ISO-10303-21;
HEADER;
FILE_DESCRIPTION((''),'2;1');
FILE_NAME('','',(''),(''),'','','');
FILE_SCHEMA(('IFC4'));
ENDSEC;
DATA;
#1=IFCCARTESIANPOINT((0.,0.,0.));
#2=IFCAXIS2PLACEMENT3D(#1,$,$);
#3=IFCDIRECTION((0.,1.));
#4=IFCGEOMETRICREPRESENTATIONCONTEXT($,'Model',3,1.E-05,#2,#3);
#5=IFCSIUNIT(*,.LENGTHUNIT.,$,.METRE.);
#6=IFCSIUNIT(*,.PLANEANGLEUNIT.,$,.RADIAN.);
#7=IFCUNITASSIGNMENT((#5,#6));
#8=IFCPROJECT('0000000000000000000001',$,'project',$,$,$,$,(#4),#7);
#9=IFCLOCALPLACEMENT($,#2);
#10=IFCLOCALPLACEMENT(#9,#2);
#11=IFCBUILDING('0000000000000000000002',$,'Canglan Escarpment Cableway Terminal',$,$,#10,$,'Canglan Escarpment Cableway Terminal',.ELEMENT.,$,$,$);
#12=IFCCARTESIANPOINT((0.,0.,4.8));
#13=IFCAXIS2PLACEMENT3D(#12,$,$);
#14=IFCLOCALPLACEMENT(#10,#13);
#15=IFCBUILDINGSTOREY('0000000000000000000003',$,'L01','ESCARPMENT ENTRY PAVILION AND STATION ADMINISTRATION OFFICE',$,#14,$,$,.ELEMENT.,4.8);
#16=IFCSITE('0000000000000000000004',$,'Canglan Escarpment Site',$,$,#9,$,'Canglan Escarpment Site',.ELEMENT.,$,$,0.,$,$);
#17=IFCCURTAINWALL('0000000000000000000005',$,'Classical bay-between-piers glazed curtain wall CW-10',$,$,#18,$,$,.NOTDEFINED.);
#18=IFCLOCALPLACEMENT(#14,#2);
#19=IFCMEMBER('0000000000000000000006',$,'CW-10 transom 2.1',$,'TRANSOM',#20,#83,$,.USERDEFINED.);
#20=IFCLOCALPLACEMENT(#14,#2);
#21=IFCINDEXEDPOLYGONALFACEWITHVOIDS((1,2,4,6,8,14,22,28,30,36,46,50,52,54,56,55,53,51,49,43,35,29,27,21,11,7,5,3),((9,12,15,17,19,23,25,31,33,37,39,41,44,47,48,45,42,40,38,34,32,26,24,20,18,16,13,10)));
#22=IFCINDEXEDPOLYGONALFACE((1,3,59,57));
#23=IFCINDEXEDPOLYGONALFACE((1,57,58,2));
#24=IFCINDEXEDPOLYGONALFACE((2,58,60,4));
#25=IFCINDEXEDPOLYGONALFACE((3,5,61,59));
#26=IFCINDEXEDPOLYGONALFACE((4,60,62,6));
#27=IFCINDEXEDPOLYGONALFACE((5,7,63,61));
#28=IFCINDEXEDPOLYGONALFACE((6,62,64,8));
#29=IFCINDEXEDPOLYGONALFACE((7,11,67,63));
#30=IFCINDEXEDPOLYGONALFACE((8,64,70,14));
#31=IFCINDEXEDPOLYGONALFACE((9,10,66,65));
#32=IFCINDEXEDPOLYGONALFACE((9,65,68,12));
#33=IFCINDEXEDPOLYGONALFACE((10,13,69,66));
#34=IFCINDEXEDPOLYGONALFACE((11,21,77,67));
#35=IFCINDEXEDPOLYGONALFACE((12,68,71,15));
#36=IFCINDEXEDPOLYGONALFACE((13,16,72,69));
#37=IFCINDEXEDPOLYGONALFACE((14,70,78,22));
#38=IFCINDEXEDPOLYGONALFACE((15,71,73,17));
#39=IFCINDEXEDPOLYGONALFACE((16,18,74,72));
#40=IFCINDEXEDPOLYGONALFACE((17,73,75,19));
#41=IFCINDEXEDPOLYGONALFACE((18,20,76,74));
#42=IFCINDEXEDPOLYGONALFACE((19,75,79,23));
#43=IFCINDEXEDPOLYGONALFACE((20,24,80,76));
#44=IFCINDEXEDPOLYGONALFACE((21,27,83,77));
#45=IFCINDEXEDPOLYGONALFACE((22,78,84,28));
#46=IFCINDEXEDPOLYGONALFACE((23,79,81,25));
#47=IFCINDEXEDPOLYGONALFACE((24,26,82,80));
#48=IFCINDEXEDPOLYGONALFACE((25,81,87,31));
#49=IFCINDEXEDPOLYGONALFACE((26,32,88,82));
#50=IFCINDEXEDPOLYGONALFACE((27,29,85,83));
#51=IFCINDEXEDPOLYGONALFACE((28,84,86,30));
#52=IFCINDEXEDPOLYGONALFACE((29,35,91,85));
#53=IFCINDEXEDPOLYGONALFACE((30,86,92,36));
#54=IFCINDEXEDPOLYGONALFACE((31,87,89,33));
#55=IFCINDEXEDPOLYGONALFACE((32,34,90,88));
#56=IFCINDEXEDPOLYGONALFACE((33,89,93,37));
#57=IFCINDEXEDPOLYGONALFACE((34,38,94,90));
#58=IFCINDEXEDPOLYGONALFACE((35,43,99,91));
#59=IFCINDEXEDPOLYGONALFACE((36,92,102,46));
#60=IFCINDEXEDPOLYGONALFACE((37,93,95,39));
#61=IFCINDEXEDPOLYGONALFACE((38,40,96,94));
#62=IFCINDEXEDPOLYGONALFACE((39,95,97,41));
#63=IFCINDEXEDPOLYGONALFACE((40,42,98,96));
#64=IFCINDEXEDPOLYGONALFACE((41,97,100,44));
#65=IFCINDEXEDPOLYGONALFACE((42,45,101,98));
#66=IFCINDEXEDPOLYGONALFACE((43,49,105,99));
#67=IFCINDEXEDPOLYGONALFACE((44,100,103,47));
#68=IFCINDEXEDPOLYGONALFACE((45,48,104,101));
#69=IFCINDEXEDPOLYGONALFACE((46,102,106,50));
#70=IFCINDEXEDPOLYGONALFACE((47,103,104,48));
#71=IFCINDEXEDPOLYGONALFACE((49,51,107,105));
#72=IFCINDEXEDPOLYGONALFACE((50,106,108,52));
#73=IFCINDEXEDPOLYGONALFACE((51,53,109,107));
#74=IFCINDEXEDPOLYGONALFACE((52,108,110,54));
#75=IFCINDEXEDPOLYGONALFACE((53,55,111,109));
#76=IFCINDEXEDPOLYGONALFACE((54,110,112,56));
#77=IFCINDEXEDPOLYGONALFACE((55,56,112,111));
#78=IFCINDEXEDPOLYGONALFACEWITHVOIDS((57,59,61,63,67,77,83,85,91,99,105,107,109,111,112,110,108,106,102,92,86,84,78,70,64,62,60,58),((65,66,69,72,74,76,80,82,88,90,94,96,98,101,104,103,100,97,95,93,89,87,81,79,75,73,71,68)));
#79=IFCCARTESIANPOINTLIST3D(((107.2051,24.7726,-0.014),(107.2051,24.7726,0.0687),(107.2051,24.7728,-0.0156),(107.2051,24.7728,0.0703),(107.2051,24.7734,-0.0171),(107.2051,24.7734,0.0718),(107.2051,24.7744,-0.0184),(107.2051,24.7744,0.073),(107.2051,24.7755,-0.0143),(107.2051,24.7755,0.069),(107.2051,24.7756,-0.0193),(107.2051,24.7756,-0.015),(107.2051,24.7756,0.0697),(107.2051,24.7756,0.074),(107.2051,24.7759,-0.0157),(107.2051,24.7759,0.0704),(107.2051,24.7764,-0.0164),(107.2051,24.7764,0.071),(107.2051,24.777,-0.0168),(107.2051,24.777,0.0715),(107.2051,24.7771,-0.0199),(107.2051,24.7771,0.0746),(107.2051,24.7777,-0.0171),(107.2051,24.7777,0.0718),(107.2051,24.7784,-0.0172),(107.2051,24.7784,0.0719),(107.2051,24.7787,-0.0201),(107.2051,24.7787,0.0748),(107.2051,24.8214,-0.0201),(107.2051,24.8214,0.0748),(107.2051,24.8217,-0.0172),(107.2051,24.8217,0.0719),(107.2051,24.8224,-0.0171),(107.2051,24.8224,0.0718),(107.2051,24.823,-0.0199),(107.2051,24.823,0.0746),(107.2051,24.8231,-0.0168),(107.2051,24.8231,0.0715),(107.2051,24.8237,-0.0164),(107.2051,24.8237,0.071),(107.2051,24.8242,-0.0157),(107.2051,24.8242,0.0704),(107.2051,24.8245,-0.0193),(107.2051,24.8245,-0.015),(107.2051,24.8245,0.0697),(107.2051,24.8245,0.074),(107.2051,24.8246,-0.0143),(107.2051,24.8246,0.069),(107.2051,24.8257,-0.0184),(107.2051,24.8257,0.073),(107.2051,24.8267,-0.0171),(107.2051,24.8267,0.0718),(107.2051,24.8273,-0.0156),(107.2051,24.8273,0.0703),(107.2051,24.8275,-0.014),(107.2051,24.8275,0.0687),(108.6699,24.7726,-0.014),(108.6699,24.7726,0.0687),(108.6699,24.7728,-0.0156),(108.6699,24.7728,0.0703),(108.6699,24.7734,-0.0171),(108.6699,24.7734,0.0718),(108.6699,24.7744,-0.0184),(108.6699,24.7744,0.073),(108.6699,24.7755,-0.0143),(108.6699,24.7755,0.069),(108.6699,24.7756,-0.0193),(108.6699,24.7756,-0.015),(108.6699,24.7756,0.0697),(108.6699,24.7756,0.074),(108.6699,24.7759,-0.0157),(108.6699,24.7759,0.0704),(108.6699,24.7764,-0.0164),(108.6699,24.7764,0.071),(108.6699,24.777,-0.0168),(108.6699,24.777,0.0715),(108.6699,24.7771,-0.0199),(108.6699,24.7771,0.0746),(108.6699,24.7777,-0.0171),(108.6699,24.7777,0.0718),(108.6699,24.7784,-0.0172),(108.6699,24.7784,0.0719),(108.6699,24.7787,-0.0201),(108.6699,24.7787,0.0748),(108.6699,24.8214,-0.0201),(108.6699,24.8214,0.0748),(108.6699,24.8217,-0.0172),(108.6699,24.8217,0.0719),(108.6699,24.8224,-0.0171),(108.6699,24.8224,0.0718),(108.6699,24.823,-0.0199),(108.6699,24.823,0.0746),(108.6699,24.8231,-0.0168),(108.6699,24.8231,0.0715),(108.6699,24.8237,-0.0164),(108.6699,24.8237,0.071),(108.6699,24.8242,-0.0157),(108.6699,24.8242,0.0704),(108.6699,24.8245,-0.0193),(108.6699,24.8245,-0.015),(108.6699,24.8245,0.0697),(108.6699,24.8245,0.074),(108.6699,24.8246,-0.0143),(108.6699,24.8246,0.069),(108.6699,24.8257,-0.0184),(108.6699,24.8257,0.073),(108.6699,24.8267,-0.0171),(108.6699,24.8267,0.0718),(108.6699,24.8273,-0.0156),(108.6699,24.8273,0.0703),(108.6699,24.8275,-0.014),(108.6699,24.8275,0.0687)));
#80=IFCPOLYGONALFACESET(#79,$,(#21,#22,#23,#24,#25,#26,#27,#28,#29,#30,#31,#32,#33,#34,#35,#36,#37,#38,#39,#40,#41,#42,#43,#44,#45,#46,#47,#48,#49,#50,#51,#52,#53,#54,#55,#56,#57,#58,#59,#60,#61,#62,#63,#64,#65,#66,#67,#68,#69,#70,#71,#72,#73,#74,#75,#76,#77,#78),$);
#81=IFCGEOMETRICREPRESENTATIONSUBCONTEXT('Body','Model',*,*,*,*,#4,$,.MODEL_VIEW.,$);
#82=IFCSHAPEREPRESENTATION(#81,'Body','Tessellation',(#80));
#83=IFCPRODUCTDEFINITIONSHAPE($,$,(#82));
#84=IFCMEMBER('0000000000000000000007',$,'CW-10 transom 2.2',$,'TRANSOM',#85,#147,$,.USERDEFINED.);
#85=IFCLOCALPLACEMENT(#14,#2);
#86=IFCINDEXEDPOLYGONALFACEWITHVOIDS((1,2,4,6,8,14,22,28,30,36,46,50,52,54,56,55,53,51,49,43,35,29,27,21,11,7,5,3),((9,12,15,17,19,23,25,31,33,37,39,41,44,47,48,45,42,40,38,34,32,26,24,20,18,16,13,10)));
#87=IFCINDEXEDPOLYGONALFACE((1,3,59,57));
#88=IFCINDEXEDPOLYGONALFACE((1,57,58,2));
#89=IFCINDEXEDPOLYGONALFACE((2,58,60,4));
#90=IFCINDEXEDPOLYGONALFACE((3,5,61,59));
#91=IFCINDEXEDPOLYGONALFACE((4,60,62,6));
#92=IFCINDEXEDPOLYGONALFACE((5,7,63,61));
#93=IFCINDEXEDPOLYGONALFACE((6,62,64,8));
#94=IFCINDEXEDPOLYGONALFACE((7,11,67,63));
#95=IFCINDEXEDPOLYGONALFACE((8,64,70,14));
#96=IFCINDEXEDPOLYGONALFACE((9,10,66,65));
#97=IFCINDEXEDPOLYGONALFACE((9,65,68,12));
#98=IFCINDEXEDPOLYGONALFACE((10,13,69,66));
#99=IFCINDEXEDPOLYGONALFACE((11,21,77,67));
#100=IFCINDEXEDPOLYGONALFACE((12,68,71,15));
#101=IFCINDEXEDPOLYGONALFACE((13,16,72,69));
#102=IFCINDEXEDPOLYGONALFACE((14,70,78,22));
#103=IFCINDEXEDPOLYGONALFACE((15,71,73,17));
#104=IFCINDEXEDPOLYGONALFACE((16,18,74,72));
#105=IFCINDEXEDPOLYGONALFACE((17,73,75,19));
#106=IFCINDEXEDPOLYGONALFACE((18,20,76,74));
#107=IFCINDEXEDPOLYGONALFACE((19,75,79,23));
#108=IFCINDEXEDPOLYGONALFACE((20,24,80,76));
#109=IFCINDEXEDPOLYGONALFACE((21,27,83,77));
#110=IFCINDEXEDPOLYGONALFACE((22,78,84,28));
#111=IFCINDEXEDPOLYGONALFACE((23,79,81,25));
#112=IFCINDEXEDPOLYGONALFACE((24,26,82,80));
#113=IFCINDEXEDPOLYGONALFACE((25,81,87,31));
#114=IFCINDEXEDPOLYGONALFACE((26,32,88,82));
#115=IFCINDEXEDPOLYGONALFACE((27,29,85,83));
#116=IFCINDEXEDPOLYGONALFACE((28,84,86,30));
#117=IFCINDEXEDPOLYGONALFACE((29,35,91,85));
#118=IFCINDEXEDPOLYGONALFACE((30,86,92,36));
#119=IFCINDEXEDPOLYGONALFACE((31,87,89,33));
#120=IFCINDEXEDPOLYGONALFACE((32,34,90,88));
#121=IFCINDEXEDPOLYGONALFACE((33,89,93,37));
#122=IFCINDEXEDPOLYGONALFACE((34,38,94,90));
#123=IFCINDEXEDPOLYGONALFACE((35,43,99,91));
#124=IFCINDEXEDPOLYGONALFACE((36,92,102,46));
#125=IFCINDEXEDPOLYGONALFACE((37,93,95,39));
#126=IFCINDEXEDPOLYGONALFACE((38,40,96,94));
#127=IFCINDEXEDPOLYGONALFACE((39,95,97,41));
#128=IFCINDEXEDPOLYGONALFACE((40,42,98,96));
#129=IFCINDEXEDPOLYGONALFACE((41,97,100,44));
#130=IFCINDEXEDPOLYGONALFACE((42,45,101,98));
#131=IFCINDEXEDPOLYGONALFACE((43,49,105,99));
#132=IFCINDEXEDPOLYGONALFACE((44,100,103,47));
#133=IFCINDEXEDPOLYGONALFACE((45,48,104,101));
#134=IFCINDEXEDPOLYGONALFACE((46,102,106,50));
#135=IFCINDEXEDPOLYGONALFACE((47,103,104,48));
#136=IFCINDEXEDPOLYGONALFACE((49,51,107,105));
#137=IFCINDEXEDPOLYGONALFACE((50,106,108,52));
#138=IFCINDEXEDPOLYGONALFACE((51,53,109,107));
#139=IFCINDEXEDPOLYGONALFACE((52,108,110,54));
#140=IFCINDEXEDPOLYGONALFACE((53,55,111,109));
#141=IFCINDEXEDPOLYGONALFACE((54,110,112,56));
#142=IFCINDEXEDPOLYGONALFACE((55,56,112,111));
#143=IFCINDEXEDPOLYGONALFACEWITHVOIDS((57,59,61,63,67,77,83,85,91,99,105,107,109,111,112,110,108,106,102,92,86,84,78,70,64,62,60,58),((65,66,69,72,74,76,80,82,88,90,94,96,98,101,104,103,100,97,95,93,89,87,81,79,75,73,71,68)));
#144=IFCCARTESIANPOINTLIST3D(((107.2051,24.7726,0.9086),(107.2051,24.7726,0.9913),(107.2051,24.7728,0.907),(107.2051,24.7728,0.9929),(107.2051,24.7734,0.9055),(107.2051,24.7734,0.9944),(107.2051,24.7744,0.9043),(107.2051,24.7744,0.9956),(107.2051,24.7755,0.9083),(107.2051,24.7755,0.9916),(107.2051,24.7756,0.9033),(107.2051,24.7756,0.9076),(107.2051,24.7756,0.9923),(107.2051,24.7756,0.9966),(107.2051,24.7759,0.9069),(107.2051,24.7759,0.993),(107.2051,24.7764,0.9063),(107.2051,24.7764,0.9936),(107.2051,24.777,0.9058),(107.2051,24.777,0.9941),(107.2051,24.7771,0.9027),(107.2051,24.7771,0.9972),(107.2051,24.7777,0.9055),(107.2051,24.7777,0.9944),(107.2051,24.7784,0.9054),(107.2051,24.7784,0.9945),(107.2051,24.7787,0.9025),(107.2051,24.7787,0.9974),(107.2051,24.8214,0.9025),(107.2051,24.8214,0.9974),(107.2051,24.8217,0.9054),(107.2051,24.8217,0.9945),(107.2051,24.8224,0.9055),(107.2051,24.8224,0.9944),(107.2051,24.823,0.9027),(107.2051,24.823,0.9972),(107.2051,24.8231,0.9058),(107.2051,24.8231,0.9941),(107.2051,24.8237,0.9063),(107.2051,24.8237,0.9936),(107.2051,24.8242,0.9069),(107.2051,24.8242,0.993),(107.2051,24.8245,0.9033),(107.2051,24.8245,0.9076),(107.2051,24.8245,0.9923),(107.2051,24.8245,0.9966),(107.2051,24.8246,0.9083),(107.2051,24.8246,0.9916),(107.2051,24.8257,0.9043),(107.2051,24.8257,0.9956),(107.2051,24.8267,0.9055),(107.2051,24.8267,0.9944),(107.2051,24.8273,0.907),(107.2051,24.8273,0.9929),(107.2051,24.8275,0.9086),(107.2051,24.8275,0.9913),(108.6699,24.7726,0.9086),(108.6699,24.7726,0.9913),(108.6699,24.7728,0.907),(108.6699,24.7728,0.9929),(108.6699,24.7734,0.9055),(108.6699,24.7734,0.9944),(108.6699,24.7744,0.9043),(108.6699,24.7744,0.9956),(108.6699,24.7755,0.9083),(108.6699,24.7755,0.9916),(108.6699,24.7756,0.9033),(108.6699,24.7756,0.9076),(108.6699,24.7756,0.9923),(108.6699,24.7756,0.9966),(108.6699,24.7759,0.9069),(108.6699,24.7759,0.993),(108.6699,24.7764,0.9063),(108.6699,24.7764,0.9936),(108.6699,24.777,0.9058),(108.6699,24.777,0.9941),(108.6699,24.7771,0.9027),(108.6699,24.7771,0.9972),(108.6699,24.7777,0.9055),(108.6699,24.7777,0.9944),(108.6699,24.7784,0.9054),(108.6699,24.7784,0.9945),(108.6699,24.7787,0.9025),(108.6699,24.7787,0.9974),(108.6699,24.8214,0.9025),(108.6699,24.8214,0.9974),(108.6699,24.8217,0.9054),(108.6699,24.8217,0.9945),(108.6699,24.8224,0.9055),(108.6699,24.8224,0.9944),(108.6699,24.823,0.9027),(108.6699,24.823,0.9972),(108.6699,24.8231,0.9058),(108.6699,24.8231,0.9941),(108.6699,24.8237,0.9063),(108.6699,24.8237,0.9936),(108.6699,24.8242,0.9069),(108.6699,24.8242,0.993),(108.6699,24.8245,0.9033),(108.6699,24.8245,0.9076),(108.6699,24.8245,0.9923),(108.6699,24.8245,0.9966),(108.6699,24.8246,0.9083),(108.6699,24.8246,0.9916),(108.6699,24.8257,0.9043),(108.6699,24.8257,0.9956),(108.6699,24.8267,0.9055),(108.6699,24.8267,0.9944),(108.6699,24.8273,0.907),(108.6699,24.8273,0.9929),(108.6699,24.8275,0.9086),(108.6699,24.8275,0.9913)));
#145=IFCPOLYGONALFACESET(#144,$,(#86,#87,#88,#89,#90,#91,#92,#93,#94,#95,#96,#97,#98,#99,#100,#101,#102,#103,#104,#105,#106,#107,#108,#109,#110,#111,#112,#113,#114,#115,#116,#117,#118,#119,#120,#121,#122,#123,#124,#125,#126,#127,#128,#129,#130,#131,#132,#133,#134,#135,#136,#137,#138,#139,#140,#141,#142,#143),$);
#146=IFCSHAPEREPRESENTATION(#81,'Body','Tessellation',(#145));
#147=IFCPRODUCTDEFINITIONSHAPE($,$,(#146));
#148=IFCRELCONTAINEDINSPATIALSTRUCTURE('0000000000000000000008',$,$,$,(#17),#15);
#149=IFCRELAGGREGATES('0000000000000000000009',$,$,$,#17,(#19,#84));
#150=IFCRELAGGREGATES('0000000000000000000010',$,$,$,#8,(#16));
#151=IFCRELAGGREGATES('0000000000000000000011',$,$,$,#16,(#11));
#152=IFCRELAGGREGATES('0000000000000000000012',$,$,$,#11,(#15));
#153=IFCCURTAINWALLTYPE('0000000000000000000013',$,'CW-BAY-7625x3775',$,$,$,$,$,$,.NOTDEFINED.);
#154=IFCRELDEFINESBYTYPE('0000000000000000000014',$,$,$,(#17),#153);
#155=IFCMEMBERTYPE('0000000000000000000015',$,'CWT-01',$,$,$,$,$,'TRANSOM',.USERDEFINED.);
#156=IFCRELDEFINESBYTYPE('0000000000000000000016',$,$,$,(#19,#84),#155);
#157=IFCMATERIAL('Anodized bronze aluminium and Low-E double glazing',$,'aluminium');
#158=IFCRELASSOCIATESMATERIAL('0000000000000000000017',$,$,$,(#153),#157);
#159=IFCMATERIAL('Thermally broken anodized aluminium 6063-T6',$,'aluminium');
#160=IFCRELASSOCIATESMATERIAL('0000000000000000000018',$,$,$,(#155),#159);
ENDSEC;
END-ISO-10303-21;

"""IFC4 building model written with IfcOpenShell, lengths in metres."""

from ifc_helpers import new_model, si_unit, direction, frame, origin, origin_2d, place, context, subcontext, project, spatial, hollow_rectangle, extrude, material, material_profile, profile_set, type_object, element, aggregate, save


model = new_model("IFC4")

# Units and contexts
model_context = context("Model", 3, precision=1e-05, world=origin(), true_north=direction((0.0, 1.0)))
body_context = subcontext(model_context, "Body", "Model", "MODEL_VIEW")
ifc_project = project(units=[si_unit("LENGTHUNIT", "METRE"), si_unit("PLANEANGLEUNIT", "RADIAN")], contexts=[model_context])

# Site, building, storey
site_placement = place(None, origin())
site = spatial("IfcSite", under=ifc_project, at=site_placement, Name="Canglan Escarpment Site", LongName="Canglan Escarpment Site", CompositionType="ELEMENT", RefElevation=0.0)
building_placement = place(site_placement, origin())
building = spatial("IfcBuilding", under=site, at=building_placement, Name="Canglan Escarpment Cableway Terminal", LongName="Canglan Escarpment Cableway Terminal", CompositionType="ELEMENT")
storey_placement = place(building_placement, frame((0.0, 0.0, 4.8)))
storey = spatial("IfcBuildingStorey", under=building, at=storey_placement, Name="L01", Description="ESCARPMENT ENTRY PAVILION AND STATION ADMINISTRATION OFFICE", CompositionType="ELEMENT", Elevation=4.8)

# Curtain wall, members
ifc_material_1 = material(Name="Anodized bronze aluminium and Low-E double glazing", Category="aluminium")
curtain_wall_type = type_object("IfcCurtainWallType", Name="CW-BAY-7625x3775", PredefinedType="NOTDEFINED", material=ifc_material_1)
curtain_wall_placement = place(storey_placement, origin())
curtain_wall = element("IfcCurtainWall", 1, at=curtain_wall_placement, inside=storey, type_object=curtain_wall_type, Name="Classical bay-between-piers glazed curtain wall CW-10", PredefinedType="NOTDEFINED")
ifc_material_2 = material(Name="Thermally broken anodized aluminium 6063-T6", Category="aluminium")
ifc_material_profile_1 = material_profile(ifc_material_2, hollow_rectangle(XDim=0.0549, YDim=0.095, WallThickness=0.0029, InnerFilletRadius=0.0029, OuterFilletRadius=0.0061, at=origin_2d()), Name="ALU-TRAN 55x95x3")
ifc_profile_set_1 = profile_set([ifc_material_profile_1], Name="Thermally broken anodized aluminium 6063-T6")
member_type_1 = type_object("IfcMemberType", Name="CWT-01", ElementType="TRANSOM", PredefinedType="USERDEFINED", material=ifc_profile_set_1)
member_1_placement = place(storey_placement, frame((108.6699, 24.8, 0.0273), z_axis=(-1.0, 0.0, 0.0), x_axis=(0.0, -1.0, 0.0)))
member_1 = element("IfcMember", 2, at=member_1_placement, type_object=member_type_1, Name="CW-10 transom 2.1", ObjectType="TRANSOM", PredefinedType="USERDEFINED", context=body_context, shape_type="SweptSolid", body=[
    extrude(hollow_rectangle(XDim=0.0549, YDim=0.095, WallThickness=0.0029, InnerFilletRadius=0.0029, OuterFilletRadius=0.0061, at=origin_2d()), origin(), (0.0, 0.0, 1.0), 1.4648),
])
member_2_placement = place(storey_placement, frame((108.6699, 24.8, 0.95), z_axis=(-1.0, 0.0, 0.0), x_axis=(0.0, -1.0, 0.0)))
member_2 = element("IfcMember", 3, at=member_2_placement, type_object=member_type_1, Name="CW-10 transom 2.2", ObjectType="TRANSOM", PredefinedType="USERDEFINED", context=body_context, shape_type="SweptSolid", body=[
    extrude(hollow_rectangle(XDim=0.0549, YDim=0.095, WallThickness=0.0029, InnerFilletRadius=0.0029, OuterFilletRadius=0.0061, at=origin_2d()), origin(), (0.0, 0.0, 1.0), 1.4648),
])

aggregate(curtain_wall, [member_1, member_2])

save(model, "model.ifc")
